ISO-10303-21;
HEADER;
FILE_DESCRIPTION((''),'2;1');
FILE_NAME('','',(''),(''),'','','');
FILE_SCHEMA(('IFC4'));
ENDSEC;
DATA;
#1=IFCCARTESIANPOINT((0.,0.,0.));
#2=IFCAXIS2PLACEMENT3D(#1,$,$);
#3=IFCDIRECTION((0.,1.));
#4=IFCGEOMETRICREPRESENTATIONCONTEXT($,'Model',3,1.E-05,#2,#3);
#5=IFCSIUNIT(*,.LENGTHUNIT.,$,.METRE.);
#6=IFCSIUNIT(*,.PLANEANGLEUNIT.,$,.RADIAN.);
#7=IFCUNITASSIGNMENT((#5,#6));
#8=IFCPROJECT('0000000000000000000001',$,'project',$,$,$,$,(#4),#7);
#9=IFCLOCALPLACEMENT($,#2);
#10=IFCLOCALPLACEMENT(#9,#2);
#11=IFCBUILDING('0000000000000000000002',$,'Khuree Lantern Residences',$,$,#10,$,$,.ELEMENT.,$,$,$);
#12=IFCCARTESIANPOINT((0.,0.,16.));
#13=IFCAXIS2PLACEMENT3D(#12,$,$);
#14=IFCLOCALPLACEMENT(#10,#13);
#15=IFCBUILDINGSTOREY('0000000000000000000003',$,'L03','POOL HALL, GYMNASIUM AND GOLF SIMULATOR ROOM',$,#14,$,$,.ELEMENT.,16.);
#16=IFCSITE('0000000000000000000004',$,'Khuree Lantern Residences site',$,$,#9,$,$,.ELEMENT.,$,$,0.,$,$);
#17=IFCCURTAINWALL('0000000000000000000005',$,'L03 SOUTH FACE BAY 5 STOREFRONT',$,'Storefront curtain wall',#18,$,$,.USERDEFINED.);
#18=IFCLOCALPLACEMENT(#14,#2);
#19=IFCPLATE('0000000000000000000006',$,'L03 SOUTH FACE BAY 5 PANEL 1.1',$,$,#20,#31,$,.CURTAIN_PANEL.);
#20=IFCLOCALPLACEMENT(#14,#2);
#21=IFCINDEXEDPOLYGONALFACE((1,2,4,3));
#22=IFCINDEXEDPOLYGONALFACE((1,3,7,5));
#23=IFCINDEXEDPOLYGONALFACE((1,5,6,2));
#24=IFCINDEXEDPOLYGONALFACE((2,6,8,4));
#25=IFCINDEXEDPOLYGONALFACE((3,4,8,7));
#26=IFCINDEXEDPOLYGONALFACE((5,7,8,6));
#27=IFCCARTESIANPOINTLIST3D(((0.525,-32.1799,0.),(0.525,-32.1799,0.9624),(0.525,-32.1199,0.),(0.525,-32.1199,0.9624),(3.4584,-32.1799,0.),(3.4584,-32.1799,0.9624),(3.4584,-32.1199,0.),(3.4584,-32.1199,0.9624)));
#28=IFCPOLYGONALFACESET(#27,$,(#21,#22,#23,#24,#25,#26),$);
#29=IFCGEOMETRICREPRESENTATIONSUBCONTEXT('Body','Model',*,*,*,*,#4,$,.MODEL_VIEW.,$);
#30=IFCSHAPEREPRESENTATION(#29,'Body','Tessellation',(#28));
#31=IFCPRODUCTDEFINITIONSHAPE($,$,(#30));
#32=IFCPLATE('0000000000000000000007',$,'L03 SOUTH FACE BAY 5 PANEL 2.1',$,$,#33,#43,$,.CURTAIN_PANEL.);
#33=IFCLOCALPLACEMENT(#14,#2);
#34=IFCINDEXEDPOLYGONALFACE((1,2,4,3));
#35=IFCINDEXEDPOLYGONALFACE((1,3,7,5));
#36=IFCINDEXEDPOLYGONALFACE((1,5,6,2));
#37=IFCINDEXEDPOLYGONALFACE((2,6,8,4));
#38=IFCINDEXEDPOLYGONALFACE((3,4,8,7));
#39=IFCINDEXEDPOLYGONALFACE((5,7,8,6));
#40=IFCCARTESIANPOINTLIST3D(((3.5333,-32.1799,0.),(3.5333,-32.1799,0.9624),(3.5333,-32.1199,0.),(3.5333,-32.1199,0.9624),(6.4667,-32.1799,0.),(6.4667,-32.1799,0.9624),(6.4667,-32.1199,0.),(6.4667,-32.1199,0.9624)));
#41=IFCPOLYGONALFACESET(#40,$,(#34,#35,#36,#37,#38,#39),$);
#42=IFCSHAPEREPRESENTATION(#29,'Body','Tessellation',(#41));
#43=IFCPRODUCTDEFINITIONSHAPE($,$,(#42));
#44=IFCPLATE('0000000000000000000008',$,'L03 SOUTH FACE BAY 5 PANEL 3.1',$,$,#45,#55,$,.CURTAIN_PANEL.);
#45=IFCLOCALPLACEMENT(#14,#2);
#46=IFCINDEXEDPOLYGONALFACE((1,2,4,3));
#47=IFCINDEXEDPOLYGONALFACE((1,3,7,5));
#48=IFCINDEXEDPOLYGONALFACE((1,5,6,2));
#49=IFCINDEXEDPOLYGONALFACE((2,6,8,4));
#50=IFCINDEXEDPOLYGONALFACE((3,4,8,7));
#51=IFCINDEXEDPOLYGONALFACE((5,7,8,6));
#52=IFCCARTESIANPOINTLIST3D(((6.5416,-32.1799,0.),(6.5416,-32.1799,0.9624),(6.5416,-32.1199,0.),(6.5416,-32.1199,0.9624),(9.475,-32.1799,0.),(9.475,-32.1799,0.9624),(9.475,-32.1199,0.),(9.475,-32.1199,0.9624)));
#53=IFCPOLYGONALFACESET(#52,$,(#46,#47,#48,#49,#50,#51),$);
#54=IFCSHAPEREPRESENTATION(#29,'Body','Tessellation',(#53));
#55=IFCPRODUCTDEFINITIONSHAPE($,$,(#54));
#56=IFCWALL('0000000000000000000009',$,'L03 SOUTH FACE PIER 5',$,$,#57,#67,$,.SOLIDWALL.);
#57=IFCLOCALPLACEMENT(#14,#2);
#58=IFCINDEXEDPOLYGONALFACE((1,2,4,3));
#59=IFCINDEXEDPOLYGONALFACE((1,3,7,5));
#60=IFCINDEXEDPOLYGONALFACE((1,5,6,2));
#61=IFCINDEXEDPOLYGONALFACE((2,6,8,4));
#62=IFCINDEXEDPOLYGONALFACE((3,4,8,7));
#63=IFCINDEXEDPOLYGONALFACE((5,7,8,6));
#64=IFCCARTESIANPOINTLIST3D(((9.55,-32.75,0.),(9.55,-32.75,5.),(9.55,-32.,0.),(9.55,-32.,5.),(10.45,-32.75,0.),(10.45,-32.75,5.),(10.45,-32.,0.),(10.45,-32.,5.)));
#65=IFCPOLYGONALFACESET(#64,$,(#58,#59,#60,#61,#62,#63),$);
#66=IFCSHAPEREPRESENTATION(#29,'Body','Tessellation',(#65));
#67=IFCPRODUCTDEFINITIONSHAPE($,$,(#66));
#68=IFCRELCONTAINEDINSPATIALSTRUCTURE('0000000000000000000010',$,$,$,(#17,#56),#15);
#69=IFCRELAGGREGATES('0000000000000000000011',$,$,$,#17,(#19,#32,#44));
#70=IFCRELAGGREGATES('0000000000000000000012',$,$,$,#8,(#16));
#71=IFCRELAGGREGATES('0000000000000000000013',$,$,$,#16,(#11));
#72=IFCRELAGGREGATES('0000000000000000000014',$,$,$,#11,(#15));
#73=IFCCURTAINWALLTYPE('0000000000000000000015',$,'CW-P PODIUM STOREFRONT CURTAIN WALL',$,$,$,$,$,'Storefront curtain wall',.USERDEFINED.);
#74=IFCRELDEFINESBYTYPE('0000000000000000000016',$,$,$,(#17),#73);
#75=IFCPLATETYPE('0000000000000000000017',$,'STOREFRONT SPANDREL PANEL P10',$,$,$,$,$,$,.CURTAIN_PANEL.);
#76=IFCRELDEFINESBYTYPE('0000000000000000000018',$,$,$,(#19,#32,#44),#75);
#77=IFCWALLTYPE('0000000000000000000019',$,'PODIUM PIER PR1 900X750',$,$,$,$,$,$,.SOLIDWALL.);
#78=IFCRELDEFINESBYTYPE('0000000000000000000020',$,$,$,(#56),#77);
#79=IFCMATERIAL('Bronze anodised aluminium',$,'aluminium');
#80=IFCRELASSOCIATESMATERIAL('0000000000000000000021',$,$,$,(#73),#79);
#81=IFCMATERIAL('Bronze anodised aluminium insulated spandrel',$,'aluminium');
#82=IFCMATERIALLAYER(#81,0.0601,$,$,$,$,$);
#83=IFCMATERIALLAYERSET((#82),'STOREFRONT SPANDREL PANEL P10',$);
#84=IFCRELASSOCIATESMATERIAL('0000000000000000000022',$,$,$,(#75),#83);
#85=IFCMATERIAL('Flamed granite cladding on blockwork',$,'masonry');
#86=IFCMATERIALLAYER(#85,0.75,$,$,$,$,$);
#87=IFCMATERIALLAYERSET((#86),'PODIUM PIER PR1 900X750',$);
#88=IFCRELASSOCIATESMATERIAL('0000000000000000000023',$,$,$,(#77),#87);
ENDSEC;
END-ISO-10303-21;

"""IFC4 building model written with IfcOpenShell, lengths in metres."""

from ifc_helpers import new_model, si_unit, direction, frame, frame_2d, origin, origin_2d, place, context, subcontext, project, spatial, rectangle, extrude, material, layer, layer_set, type_object, element, aggregate, save


model = new_model("IFC4")

# Units and contexts
model_context = context("Model", 3, precision=1e-05, world=origin(), true_north=direction((0.0, 1.0)))
body_context = subcontext(model_context, "Body", "Model", "MODEL_VIEW")
ifc_project = project(units=[si_unit("LENGTHUNIT", "METRE"), si_unit("PLANEANGLEUNIT", "RADIAN")], contexts=[model_context])

# Site, building, storey
site_placement = place(None, origin())
site = spatial("IfcSite", under=ifc_project, at=site_placement, Name="Khuree Lantern Residences site", CompositionType="ELEMENT", RefElevation=0.0)
building_placement = place(site_placement, origin())
building = spatial("IfcBuilding", under=site, at=building_placement, Name="Khuree Lantern Residences", CompositionType="ELEMENT")
storey_placement = place(building_placement, frame((0.0, 0.0, 16.0)))
storey = spatial("IfcBuildingStorey", under=building, at=storey_placement, Name="L03", Description="POOL HALL, GYMNASIUM AND GOLF SIMULATOR ROOM", CompositionType="ELEMENT", Elevation=16.0)

# Curtain wall
ifc_material_1 = material(Name="Bronze anodised aluminium", Category="aluminium")
curtain_wall_type = type_object("IfcCurtainWallType", Name="CW-P PODIUM STOREFRONT CURTAIN WALL", ElementType="Storefront curtain wall", PredefinedType="USERDEFINED", material=ifc_material_1)
curtain_wall_1_placement = place(storey_placement, origin())
curtain_wall_1 = element("IfcCurtainWall", 1, at=curtain_wall_1_placement, inside=storey, type_object=curtain_wall_type, Name="L03 SOUTH FACE BAY 5 STOREFRONT", ObjectType="Storefront curtain wall", PredefinedType="USERDEFINED")

# Plates
ifc_material_2 = material(Name="Bronze anodised aluminium insulated spandrel", Category="aluminium")
ifc_layer_1 = layer(ifc_material_2, 0.0601)
ifc_layer_set_1 = layer_set([ifc_layer_1], Name="STOREFRONT SPANDREL PANEL P10")
plate_type_1 = type_object("IfcPlateType", Name="STOREFRONT SPANDREL PANEL P10", PredefinedType="CURTAIN_PANEL", material=ifc_layer_set_1)
plate_1_placement = place(storey_placement, frame((1.9917, -32.1499, 0.0), z_axis=(0.0, 0.0, 1.0), x_axis=(1.0, 0.0, 0.0)))
plate_1 = element("IfcPlate", 2, at=plate_1_placement, type_object=plate_type_1, Name="L03 SOUTH FACE BAY 5 PANEL 1.1", PredefinedType="CURTAIN_PANEL", context=body_context, shape_type="SweptSolid", body=[
    extrude(rectangle(XDim=2.9333, YDim=0.0601, at=origin_2d()), origin(), (0.0, 0.0, 1.0), 0.9624),
])
plate_2_placement = place(storey_placement, frame((5.0, -32.1499, 0.0), z_axis=(0.0, 0.0, 1.0), x_axis=(1.0, 0.0, 0.0)))
plate_2 = element("IfcPlate", 3, at=plate_2_placement, type_object=plate_type_1, Name="L03 SOUTH FACE BAY 5 PANEL 2.1", PredefinedType="CURTAIN_PANEL", context=body_context, shape_type="SweptSolid", body=[
    extrude(rectangle(XDim=2.9333, YDim=0.0601, at=origin_2d()), origin(), (0.0, 0.0, 1.0), 0.9624),
])
plate_3_placement = place(storey_placement, frame((8.0083, -32.1499, 0.0), z_axis=(0.0, 0.0, 1.0), x_axis=(1.0, 0.0, 0.0)))
plate_3 = element("IfcPlate", 4, at=plate_3_placement, type_object=plate_type_1, Name="L03 SOUTH FACE BAY 5 PANEL 3.1", PredefinedType="CURTAIN_PANEL", context=body_context, shape_type="SweptSolid", body=[
    extrude(rectangle(XDim=2.9333, YDim=0.0601, at=origin_2d()), origin(), (0.0, 0.0, 1.0), 0.9624),
])
aggregate(curtain_wall_1, [plate_1, plate_2, plate_3])

# Wall
ifc_material_3 = material(Name="Flamed granite cladding on blockwork", Category="masonry")
ifc_layer_2 = layer(ifc_material_3, 0.75)
ifc_layer_set_2 = layer_set([ifc_layer_2], Name="PODIUM PIER PR1 900X750")
wall_type = type_object("IfcWallType", Name="PODIUM PIER PR1 900X750", PredefinedType="SOLIDWALL", material=ifc_layer_set_2)
wall_placement = place(storey_placement, frame((9.55, -32.375, 0.0), z_axis=(0.0, 0.0, 1.0), x_axis=(1.0, 0.0, 0.0)))
element("IfcWall", 5, at=wall_placement, inside=storey, type_object=wall_type, Name="L03 SOUTH FACE PIER 5", PredefinedType="SOLIDWALL", context=body_context, shape_type="SweptSolid", body=[
    extrude(rectangle(XDim=0.8999, YDim=0.75, at=frame_2d((0.45, 0.0))), origin(), (0.0, 0.0, 1.0), 5.0),
])

save(model, "model.ifc")
